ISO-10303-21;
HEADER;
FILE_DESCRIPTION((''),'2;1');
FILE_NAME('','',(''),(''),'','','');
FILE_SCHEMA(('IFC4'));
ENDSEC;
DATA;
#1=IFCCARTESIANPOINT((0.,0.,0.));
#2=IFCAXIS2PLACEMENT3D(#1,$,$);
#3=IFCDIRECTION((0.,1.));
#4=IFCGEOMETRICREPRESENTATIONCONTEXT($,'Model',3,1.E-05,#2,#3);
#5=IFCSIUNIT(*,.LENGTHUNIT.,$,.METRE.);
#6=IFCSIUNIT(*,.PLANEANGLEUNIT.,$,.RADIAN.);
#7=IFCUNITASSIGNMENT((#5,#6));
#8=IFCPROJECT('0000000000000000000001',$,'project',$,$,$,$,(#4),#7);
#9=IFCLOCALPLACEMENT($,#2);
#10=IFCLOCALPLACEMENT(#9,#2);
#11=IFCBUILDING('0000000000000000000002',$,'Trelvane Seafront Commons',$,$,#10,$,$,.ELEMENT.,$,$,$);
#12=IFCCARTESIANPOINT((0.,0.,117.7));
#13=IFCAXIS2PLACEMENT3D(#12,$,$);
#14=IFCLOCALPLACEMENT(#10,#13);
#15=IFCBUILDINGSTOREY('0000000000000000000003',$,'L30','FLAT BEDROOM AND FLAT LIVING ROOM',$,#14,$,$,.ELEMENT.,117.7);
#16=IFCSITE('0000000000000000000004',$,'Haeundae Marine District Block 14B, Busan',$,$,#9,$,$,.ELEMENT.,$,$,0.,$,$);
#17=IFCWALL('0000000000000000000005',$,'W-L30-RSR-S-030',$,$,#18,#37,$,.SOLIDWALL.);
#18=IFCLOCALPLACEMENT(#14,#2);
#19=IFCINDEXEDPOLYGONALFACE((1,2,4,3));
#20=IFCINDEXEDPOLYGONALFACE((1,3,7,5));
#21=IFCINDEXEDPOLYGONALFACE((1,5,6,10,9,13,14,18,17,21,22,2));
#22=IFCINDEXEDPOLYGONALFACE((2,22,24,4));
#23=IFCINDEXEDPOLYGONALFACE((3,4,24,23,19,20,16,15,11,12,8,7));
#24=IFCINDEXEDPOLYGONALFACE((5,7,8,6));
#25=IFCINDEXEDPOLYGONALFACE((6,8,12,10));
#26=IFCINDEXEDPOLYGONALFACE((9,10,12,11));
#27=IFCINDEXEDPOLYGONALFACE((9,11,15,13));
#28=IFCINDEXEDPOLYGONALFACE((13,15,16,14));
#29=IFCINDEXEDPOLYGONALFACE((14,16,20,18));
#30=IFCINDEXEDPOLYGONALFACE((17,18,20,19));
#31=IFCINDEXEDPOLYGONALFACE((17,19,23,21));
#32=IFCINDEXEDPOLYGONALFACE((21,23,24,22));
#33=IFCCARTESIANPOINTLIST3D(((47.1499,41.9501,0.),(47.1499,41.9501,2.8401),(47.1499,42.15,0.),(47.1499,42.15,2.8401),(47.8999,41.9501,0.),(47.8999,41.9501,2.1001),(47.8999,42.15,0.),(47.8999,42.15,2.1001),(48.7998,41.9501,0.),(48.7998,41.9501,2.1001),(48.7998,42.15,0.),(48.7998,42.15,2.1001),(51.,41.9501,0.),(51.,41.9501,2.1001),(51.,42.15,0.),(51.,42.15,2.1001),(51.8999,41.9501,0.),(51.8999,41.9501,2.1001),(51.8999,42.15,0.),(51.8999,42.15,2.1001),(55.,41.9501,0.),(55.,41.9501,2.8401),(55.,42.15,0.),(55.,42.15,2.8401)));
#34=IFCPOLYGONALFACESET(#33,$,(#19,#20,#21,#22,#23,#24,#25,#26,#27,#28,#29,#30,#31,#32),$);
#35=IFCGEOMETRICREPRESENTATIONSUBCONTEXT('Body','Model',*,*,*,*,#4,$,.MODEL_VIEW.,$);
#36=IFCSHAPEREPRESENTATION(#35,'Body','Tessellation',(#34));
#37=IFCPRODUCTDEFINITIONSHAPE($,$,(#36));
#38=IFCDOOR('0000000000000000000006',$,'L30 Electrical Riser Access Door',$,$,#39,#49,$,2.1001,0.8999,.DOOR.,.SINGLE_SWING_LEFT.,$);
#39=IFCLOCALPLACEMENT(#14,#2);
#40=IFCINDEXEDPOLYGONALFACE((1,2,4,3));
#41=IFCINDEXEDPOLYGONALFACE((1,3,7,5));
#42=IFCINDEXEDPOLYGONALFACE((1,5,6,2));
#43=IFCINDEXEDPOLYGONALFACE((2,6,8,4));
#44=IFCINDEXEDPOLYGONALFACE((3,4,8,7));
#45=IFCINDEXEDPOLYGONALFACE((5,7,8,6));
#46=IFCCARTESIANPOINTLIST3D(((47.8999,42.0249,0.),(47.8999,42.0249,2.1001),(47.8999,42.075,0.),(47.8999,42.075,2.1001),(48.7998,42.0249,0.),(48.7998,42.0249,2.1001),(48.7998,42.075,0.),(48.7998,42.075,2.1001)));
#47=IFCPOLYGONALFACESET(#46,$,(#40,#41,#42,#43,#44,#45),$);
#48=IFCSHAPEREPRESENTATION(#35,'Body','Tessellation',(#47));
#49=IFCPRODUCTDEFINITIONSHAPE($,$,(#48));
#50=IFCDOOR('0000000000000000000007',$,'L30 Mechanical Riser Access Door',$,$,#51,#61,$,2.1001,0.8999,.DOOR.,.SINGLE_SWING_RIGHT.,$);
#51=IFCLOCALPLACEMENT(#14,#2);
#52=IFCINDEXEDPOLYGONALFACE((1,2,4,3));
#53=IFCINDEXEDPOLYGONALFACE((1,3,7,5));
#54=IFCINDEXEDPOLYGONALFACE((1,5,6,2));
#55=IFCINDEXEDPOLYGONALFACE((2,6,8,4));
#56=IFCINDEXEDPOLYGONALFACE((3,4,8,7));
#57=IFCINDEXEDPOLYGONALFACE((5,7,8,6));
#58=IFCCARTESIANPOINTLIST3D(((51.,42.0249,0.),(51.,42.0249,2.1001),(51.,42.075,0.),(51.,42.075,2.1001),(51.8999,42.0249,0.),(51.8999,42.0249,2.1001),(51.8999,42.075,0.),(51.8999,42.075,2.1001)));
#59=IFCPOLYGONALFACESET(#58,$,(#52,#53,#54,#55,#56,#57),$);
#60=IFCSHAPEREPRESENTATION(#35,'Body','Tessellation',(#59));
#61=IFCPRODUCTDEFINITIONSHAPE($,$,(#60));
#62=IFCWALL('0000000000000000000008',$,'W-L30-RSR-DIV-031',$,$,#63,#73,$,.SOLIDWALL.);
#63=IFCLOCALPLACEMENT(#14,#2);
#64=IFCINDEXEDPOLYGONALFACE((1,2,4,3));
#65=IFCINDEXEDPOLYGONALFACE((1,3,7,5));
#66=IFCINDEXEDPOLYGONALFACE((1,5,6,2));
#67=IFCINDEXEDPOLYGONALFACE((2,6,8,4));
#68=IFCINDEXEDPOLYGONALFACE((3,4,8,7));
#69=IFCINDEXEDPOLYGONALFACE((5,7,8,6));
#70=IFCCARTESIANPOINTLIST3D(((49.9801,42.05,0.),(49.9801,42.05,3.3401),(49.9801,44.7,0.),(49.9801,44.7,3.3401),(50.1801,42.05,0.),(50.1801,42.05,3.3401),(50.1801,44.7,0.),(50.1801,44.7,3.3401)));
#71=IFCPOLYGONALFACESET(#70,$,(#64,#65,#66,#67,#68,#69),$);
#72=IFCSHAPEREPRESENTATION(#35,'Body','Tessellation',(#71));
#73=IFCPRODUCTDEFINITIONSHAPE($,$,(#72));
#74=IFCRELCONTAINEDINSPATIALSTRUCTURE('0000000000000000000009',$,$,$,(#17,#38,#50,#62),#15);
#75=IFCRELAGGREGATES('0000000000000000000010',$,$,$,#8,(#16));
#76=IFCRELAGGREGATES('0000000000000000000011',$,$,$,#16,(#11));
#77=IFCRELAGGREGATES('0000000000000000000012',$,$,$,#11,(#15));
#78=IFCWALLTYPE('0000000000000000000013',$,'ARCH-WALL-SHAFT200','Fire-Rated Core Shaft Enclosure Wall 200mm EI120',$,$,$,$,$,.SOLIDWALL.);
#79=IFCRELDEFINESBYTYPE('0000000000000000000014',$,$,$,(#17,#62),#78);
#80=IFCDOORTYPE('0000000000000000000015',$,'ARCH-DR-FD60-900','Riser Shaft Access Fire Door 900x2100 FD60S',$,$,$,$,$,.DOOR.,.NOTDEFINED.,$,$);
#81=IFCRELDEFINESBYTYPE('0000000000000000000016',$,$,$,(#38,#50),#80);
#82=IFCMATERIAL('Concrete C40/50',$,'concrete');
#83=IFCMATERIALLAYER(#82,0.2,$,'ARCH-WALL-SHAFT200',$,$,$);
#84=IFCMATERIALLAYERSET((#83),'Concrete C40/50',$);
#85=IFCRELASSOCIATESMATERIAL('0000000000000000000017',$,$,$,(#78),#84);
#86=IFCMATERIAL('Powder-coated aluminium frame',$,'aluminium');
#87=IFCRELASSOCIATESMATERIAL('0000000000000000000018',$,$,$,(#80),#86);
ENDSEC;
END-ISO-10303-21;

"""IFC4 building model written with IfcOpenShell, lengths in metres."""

from ifc_helpers import new_model, si_unit, direction, frame, frame_2d, origin, place, context, subcontext, project, spatial, rectangle, extrude, source, transform, mapped, material, layer, layer_set, type_object, element, fill, save


model = new_model("IFC4")

# Units and contexts
model_context = context("Model", 3, precision=1e-05, world=origin(), true_north=direction((0.0, 1.0)))
body_context = subcontext(model_context, "Body", "Model", "MODEL_VIEW")
ifc_project = project(units=[si_unit("LENGTHUNIT", "METRE"), si_unit("PLANEANGLEUNIT", "RADIAN")], contexts=[model_context])

# Site, building, storey
site_placement = place(None, origin())
site = spatial("IfcSite", under=ifc_project, at=site_placement, Name="Haeundae Marine District Block 14B, Busan", CompositionType="ELEMENT", RefElevation=0.0)
building_placement = place(site_placement, origin())
building = spatial("IfcBuilding", under=site, at=building_placement, Name="Trelvane Seafront Commons", CompositionType="ELEMENT")
storey_placement = place(building_placement, frame((0.0, 0.0, 117.7)))
storey = spatial("IfcBuildingStorey", under=building, at=storey_placement, Name="L30", Description="FLAT BEDROOM AND FLAT LIVING ROOM", CompositionType="ELEMENT", Elevation=117.7)

# Wall, openings, doors
ifc_material_1 = material(Name="Concrete C40/50", Category="concrete")
ifc_layer_1 = layer(ifc_material_1, 0.2, Name="ARCH-WALL-SHAFT200")
ifc_layer_set_1 = layer_set([ifc_layer_1], Name="Concrete C40/50")
wall_type_1 = type_object("IfcWallType", Name="ARCH-WALL-SHAFT200", Description="Fire-Rated Core Shaft Enclosure Wall 200mm EI120", PredefinedType="SOLIDWALL", material=ifc_layer_set_1)
wall_1_placement = place(storey_placement, frame((47.1499, 42.05, 0.0), z_axis=(0.0, 0.0, 1.0), x_axis=(1.0, 0.0, 0.0)))
wall_1 = element("IfcWall", 1, at=wall_1_placement, inside=storey, type_object=wall_type_1, Name="W-L30-RSR-S-030", PredefinedType="SOLIDWALL", context=body_context, shape_type="SweptSolid", body=[
    extrude(rectangle(XDim=7.8501, YDim=0.2, at=frame_2d((3.925, 0.0))), origin(), (0.0, 0.0, 1.0), 2.8401),
])
opening_1_placement = place(wall_1_placement, frame((0.75, 0.0, 0.0)))
opening_1 = element("IfcOpeningElement", 2, at=opening_1_placement, cuts=wall_1, PredefinedType="OPENING", context=body_context, shape_type="SweptSolid", body=[
    extrude(rectangle(XDim=0.8999, YDim=2.1001, at=frame_2d((0.45, 1.05))), frame((0.0, 0.1099, 0.0), z_axis=(0.0, -1.0, 0.0), x_axis=(1.0, 0.0, 0.0)), (0.0, 0.0, 1.0), 0.22),
])
opening_2_placement = place(wall_1_placement, frame((3.8501, 0.0, 0.0)))
opening_2 = element("IfcOpeningElement", 3, at=opening_2_placement, cuts=wall_1, PredefinedType="OPENING", context=body_context, shape_type="SweptSolid", body=[
    extrude(rectangle(XDim=0.8999, YDim=2.1001, at=frame_2d((0.45, 1.05))), frame((0.0, 0.1099, 0.0), z_axis=(0.0, -1.0, 0.0), x_axis=(1.0, 0.0, 0.0)), (0.0, 0.0, 1.0), 0.22),
])
ifc_material_2 = material(Name="Powder-coated aluminium frame", Category="aluminium")
door_type = type_object("IfcDoorType", Name="ARCH-DR-FD60-900", Description="Riser Shaft Access Fire Door 900x2100 FD60S", OperationType="NOTDEFINED", PredefinedType="DOOR", material=ifc_material_2)
shared_shape_1 = source(origin(), body_context, "Body", "SweptSolid", [
    extrude(rectangle(XDim=0.8999, YDim=2.1001, at=frame_2d((0.45, 1.05))), frame((0.0, 0.0249, 0.0), z_axis=(0.0, -1.0, 0.0), x_axis=(1.0, 0.0, 0.0)), (0.0, 0.0, 1.0), 0.05),
])
door_1_placement = place(opening_1_placement, origin())
door_1 = element("IfcDoor", 4, at=door_1_placement, inside=storey, type_object=door_type, Name="L30 Electrical Riser Access Door", OperationType="SINGLE_SWING_LEFT", OverallHeight=2.1001, OverallWidth=0.8999, PredefinedType="DOOR", context=body_context, shape_type="MappedRepresentation", body=[
    mapped(shared_shape_1, transform((0.0, 0.0, 0.0), x_axis=(1.0, 0.0, 0.0), y_axis=(0.0, 1.0, 0.0), z_axis=(0.0, 0.0, 1.0), scale=1.0)),
])
fill(opening_1, door_1)
door_2_placement = place(opening_2_placement, origin())
door_2 = element("IfcDoor", 5, at=door_2_placement, inside=storey, type_object=door_type, Name="L30 Mechanical Riser Access Door", OperationType="SINGLE_SWING_RIGHT", OverallHeight=2.1001, OverallWidth=0.8999, PredefinedType="DOOR", context=body_context, shape_type="MappedRepresentation", body=[
    mapped(shared_shape_1, transform((0.0, 0.0, 0.0), x_axis=(1.0, 0.0, 0.0), y_axis=(0.0, 1.0, 0.0), z_axis=(0.0, 0.0, 1.0), scale=1.0)),
])
fill(opening_2, door_2)

# Wall
wall_2_placement = place(storey_placement, frame((50.0801, 42.05, 0.0), z_axis=(0.0, 0.0, 1.0), x_axis=(0.0, 1.0, 0.0)))
element("IfcWall", 6, at=wall_2_placement, inside=storey, type_object=wall_type_1, Name="W-L30-RSR-DIV-031", PredefinedType="SOLIDWALL", context=body_context, shape_type="SweptSolid", body=[
    extrude(rectangle(XDim=2.6499, YDim=0.2, at=frame_2d((1.325, 0.0))), origin(), (0.0, 0.0, 1.0), 3.3401),
])

save(model, "model.ifc")
